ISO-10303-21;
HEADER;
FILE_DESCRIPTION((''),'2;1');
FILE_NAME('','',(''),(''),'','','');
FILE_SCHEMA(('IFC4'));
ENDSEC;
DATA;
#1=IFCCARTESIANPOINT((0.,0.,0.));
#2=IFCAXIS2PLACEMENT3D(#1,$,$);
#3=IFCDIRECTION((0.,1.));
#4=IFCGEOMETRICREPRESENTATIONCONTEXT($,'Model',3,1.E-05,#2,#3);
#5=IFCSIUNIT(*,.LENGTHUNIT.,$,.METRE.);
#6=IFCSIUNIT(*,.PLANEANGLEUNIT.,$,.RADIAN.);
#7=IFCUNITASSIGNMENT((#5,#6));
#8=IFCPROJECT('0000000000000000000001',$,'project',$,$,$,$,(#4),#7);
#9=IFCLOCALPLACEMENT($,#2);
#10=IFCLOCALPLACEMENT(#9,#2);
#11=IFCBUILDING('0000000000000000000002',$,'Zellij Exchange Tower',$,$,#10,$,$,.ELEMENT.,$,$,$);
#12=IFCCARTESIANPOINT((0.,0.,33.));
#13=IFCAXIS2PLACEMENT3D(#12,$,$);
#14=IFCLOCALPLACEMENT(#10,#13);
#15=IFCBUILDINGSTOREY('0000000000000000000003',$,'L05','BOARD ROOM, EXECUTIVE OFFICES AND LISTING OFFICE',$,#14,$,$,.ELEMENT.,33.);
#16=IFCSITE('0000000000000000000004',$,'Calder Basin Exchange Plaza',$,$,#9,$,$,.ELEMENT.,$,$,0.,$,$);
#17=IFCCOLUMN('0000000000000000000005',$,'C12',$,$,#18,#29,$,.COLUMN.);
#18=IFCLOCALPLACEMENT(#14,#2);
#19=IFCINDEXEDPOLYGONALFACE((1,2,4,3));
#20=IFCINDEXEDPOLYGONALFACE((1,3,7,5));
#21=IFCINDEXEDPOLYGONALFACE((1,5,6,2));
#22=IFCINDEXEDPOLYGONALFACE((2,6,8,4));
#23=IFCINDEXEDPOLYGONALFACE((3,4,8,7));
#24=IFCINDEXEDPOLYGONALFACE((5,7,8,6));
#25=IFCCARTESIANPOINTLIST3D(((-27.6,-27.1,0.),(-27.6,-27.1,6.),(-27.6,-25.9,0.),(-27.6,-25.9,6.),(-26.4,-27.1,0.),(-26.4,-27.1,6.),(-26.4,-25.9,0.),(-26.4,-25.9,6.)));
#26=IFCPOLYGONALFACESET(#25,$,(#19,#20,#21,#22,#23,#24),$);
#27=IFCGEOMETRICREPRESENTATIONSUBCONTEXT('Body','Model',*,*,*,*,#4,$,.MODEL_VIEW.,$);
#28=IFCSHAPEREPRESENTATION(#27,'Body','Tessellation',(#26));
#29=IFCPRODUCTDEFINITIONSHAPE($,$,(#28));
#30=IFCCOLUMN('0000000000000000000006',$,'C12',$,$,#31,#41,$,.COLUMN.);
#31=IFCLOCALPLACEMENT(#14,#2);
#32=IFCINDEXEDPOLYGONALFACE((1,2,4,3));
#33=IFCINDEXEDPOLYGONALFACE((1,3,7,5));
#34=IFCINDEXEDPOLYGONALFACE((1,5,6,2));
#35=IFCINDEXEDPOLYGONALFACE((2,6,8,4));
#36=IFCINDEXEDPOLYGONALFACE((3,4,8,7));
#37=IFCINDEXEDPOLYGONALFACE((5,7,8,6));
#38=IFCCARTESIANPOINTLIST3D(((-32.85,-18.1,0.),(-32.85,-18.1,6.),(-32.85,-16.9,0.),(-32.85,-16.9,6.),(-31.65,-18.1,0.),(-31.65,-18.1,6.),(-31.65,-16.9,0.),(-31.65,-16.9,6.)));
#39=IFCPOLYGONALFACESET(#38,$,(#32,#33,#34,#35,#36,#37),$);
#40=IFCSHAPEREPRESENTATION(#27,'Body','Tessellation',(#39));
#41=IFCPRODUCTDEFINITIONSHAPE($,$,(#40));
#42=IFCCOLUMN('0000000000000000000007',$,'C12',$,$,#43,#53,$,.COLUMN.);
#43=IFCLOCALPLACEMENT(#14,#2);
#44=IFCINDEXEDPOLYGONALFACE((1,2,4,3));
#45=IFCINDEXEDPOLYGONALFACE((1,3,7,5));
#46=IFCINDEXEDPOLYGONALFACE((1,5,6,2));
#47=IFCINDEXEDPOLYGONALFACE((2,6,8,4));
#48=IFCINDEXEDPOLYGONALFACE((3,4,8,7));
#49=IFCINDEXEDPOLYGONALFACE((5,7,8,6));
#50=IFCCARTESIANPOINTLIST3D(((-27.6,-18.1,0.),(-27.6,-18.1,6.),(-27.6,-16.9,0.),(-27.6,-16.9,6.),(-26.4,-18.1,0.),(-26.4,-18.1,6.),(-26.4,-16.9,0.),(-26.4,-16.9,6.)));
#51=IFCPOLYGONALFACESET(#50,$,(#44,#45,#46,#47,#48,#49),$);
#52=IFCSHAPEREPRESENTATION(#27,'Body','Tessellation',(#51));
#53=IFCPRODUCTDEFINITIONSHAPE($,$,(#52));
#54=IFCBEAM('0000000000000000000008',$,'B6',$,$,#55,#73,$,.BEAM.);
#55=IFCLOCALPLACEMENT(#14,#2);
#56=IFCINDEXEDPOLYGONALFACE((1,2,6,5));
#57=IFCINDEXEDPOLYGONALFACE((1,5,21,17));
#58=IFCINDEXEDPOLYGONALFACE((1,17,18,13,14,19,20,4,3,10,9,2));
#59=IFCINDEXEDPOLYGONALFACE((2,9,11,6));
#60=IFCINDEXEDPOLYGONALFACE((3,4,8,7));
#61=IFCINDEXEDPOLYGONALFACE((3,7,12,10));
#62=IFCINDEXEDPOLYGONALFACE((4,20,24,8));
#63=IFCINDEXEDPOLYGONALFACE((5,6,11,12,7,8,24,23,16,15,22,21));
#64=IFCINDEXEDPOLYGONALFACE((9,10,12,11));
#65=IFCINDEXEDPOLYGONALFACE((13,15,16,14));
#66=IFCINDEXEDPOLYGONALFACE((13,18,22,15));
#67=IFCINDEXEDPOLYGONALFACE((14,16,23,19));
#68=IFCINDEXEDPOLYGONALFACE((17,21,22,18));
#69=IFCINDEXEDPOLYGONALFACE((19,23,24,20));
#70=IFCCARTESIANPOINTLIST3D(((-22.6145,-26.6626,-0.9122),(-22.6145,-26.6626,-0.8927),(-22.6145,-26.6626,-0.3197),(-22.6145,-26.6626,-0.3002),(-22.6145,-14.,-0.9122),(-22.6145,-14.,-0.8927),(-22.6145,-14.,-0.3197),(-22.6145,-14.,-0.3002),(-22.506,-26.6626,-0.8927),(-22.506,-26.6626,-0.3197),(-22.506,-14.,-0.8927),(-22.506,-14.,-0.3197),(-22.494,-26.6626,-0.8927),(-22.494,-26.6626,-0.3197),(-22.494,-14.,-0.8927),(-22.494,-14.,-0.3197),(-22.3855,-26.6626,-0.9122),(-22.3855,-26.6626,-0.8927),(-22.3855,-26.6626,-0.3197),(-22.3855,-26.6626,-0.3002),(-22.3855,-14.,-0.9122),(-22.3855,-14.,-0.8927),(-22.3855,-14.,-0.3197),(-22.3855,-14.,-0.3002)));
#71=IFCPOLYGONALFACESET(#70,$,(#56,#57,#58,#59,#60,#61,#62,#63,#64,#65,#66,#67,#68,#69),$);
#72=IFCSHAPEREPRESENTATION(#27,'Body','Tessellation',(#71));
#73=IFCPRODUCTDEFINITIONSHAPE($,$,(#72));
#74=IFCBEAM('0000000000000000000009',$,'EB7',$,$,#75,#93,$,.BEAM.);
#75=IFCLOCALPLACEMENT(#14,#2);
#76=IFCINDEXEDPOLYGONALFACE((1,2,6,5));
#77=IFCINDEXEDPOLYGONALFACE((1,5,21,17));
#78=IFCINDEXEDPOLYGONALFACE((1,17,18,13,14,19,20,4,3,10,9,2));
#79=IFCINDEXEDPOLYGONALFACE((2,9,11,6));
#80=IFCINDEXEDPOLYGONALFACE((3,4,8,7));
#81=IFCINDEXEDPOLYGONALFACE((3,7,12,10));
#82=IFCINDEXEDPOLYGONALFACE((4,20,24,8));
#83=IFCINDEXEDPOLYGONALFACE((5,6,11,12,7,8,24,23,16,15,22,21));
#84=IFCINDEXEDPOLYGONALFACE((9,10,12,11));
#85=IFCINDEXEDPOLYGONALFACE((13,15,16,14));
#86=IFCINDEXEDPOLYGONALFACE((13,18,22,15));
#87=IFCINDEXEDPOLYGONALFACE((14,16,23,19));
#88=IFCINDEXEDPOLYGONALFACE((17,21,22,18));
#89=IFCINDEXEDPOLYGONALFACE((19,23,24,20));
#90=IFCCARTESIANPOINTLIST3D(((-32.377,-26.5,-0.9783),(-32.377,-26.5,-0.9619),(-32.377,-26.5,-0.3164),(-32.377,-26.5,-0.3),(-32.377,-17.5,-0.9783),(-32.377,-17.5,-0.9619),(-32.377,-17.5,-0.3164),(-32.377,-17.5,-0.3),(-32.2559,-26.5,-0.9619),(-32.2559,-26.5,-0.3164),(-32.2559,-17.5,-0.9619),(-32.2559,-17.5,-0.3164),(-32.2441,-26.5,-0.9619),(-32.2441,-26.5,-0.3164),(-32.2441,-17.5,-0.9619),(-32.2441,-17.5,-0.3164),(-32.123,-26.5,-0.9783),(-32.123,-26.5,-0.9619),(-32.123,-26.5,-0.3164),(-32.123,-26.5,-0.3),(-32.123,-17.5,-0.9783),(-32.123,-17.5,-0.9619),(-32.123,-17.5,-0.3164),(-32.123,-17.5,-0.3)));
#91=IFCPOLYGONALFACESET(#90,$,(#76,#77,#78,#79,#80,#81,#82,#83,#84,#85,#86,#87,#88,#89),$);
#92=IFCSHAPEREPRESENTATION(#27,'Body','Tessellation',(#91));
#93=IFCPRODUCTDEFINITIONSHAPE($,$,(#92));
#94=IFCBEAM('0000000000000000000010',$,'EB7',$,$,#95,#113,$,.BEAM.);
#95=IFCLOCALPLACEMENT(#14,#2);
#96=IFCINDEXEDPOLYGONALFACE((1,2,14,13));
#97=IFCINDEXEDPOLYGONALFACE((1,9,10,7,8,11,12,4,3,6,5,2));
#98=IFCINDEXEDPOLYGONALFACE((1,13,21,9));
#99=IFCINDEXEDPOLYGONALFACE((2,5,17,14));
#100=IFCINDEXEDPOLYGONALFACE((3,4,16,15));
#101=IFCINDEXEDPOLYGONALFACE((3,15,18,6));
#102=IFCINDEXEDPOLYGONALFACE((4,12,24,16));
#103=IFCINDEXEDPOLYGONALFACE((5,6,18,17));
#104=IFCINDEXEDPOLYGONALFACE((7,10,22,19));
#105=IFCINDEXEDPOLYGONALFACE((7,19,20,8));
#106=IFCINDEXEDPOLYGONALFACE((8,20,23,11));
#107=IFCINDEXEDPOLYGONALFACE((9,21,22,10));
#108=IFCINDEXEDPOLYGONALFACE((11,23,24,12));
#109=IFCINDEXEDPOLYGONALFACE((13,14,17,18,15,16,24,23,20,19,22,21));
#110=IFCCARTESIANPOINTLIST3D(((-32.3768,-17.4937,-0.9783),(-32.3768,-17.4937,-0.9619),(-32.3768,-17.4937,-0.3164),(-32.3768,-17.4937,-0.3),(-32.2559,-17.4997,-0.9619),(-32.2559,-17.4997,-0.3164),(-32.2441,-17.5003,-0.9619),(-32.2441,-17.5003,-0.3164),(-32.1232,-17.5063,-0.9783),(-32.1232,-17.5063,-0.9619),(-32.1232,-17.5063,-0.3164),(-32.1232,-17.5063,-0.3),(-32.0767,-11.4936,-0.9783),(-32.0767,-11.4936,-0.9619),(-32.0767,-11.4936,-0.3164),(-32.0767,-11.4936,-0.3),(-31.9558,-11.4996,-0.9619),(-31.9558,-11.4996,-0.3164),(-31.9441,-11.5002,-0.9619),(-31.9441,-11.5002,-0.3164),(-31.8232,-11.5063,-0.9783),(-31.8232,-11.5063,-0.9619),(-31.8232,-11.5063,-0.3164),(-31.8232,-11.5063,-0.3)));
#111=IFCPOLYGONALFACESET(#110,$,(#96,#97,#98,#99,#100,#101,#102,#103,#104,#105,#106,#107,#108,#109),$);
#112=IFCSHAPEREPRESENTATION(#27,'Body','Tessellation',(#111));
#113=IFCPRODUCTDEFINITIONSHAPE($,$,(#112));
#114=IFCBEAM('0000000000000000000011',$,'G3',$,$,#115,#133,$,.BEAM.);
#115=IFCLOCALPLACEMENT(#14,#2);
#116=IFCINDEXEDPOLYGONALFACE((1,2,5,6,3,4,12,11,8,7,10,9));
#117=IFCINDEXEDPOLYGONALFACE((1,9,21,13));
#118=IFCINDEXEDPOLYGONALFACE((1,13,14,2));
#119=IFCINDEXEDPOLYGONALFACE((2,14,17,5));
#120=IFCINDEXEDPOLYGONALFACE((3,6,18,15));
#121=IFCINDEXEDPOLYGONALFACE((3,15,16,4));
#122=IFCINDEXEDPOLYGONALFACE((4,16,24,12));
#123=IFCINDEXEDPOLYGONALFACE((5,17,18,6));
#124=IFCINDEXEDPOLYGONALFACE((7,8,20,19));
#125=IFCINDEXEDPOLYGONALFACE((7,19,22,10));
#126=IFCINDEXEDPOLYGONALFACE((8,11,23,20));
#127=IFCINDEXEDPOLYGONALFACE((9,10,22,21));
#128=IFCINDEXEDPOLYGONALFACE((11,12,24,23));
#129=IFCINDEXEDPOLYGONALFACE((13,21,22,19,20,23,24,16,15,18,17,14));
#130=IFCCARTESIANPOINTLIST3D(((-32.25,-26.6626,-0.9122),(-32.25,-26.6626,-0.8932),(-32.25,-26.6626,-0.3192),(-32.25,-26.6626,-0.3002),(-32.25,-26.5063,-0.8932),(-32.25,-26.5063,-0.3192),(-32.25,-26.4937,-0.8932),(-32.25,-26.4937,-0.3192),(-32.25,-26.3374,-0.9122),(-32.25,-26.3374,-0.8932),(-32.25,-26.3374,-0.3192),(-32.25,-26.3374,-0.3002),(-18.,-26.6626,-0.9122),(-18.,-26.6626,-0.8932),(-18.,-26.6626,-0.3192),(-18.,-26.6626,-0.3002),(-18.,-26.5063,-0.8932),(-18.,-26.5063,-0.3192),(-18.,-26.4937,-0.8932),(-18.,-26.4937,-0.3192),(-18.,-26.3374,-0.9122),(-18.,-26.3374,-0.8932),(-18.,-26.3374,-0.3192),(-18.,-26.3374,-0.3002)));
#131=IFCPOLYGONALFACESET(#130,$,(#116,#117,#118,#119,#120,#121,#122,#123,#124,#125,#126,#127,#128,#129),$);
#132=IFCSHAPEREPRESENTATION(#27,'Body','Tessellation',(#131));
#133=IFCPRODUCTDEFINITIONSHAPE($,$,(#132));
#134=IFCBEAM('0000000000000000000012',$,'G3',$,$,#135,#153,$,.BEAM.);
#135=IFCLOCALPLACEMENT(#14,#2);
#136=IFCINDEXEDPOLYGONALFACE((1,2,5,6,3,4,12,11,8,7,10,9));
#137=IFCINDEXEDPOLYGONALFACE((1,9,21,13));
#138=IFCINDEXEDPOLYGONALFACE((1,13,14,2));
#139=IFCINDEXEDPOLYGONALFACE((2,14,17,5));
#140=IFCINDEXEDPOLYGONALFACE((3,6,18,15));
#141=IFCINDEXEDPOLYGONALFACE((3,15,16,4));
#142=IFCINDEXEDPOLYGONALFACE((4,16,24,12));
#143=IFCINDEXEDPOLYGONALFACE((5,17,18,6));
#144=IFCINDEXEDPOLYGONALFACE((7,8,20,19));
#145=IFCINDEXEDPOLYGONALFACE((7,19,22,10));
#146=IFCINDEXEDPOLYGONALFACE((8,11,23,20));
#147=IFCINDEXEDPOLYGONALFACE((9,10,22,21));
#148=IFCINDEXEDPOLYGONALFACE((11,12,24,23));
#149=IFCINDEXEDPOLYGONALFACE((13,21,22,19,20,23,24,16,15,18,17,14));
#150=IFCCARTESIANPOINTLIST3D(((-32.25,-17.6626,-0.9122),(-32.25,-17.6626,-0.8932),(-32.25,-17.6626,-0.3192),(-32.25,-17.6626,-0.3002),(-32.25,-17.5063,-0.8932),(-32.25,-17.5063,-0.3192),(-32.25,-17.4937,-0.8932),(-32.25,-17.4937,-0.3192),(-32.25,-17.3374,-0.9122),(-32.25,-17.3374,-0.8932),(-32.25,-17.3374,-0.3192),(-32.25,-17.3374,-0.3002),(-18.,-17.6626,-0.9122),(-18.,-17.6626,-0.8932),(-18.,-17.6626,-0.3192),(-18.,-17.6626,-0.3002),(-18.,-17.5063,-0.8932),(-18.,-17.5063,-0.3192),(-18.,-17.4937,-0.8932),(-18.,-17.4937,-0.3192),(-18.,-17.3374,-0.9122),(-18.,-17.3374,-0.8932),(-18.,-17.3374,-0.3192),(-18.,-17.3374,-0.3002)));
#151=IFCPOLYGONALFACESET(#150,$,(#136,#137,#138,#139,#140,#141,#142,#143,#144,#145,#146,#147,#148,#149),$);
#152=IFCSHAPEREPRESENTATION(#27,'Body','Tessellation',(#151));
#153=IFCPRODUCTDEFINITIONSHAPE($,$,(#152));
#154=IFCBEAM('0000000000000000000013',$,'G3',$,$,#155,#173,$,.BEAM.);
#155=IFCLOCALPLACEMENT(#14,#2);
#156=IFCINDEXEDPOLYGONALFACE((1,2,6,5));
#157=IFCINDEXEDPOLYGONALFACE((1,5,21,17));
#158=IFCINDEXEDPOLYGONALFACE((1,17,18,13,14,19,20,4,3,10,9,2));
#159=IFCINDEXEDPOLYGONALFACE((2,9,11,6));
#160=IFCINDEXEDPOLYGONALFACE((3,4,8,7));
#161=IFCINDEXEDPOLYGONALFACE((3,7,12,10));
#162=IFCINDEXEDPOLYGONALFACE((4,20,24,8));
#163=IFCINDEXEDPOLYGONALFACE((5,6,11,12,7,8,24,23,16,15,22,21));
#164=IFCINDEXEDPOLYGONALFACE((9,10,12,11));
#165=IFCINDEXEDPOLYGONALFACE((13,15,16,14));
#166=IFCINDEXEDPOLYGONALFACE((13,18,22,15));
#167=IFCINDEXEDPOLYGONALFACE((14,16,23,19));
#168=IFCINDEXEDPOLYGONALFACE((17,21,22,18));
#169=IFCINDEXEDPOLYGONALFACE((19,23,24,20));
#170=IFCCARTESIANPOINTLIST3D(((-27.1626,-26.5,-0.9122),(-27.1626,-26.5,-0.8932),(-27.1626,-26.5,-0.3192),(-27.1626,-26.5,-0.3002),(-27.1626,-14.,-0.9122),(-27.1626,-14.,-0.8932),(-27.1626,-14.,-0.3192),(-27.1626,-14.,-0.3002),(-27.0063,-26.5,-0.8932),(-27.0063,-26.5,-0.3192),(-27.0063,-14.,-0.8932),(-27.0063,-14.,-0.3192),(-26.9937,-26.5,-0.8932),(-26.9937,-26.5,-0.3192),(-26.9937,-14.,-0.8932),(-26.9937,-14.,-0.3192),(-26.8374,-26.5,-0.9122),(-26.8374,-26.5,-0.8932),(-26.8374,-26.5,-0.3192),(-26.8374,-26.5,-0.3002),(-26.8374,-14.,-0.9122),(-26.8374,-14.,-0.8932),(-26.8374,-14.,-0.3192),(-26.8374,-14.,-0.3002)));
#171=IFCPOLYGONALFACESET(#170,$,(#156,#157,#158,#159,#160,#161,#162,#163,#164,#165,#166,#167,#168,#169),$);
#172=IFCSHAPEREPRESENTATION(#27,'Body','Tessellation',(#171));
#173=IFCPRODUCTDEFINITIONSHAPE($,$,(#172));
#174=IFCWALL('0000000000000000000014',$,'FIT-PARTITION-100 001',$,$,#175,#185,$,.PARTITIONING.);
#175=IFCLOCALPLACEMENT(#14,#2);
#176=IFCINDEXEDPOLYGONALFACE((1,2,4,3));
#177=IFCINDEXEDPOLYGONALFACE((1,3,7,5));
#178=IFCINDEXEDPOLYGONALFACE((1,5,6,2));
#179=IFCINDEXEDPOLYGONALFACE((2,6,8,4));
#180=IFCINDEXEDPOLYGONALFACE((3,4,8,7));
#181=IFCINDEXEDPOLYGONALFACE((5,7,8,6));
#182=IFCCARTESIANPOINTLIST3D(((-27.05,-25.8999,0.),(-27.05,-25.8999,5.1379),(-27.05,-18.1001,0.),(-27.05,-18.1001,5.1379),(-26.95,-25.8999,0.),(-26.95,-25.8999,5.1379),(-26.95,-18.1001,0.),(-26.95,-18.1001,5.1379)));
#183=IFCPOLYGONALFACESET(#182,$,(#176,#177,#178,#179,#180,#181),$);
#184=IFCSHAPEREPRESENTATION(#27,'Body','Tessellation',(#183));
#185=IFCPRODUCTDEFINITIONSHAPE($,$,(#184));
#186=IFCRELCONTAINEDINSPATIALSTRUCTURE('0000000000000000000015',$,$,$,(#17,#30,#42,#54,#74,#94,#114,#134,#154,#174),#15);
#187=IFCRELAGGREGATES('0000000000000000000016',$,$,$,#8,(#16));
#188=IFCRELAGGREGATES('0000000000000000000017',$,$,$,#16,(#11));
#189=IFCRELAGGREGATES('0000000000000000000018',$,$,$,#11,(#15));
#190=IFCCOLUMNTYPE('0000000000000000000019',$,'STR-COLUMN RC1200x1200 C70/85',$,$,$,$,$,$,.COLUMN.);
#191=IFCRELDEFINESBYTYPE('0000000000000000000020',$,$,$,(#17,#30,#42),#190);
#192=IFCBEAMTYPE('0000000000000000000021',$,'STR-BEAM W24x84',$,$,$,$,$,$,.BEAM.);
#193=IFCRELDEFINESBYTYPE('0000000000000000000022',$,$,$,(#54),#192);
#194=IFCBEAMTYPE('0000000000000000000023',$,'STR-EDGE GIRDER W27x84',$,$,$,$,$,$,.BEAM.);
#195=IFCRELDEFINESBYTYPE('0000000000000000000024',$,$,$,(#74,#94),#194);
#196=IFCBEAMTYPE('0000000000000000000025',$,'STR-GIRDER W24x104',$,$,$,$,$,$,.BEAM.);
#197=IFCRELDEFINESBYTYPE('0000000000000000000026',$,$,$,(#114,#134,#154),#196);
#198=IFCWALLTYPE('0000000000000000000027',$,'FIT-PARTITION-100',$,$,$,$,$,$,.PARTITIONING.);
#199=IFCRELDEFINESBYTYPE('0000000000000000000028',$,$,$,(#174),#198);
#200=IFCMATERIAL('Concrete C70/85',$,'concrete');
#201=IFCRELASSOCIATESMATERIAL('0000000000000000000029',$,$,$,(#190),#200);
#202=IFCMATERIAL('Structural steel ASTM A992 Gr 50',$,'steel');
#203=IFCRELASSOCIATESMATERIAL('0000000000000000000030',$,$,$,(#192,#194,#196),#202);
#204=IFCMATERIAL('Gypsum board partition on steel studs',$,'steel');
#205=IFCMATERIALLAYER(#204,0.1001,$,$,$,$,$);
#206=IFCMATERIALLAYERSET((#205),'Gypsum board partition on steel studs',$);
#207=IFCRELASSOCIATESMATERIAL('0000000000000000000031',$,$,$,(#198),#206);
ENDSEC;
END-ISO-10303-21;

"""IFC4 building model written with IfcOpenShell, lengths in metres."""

from ifc_helpers import new_model, si_unit, direction, frame, frame_2d, origin, origin_2d, place, context, subcontext, project, spatial, rectangle, i_section, extrude, material, layer, layer_set, material_profile, profile_set, type_object, element, save


model = new_model("IFC4")

# Units and contexts
model_context = context("Model", 3, precision=1e-05, world=origin(), true_north=direction((0.0, 1.0)))
body_context = subcontext(model_context, "Body", "Model", "MODEL_VIEW")
ifc_project = project(units=[si_unit("LENGTHUNIT", "METRE"), si_unit("PLANEANGLEUNIT", "RADIAN")], contexts=[model_context])

# Site, building, storey
site_placement = place(None, origin())
site = spatial("IfcSite", under=ifc_project, at=site_placement, Name="Calder Basin Exchange Plaza", CompositionType="ELEMENT", RefElevation=0.0)
building_placement = place(site_placement, origin())
building = spatial("IfcBuilding", under=site, at=building_placement, Name="Zellij Exchange Tower", CompositionType="ELEMENT")
storey_placement = place(building_placement, frame((0.0, 0.0, 33.0)))
storey = spatial("IfcBuildingStorey", under=building, at=storey_placement, Name="L05", Description="BOARD ROOM, EXECUTIVE OFFICES AND LISTING OFFICE", CompositionType="ELEMENT", Elevation=33.0)

# Columns
ifc_material_1 = material(Name="Concrete C70/85", Category="concrete")
ifc_material_profile_1 = material_profile(ifc_material_1, rectangle(XDim=1.2, YDim=1.2, at=origin_2d()), Name="STR-COLUMN RC1200x1200 C70/85")
ifc_profile_set_1 = profile_set([ifc_material_profile_1], Name="Concrete C70/85")
column_type = type_object("IfcColumnType", Name="STR-COLUMN RC1200x1200 C70/85", PredefinedType="COLUMN", material=ifc_profile_set_1)
for number, where, z_axis, x_axis, name in (
    (1, (-27.0, -26.5, 0.0), (0.0, 0.0, 1.0), (1.0, 0.0, 0.0), "C12"),
    (2, (-32.25, -17.5, 0.0), (0.0, 0.0, 1.0), (1.0, 0.0, 0.0), "C12"),
    (3, (-27.0, -17.5, 0.0), (0.0, 0.0, 1.0), (1.0, 0.0, 0.0), "C12"),
):
    element("IfcColumn", number, at=place(storey_placement, frame(where, z_axis=z_axis, x_axis=x_axis)), inside=storey, type_object=column_type, Name=name, PredefinedType="COLUMN", context=body_context, shape_type="SweptSolid", body=[
        extrude(rectangle(XDim=1.2, YDim=1.2, at=origin_2d()), origin(), (0.0, 0.0, 1.0), 6.0),
    ])

# Beams
ifc_material_2 = material(Name="Structural steel ASTM A992 Gr 50", Category="steel")
ifc_material_profile_2 = material_profile(ifc_material_2, i_section(OverallWidth=0.229, OverallDepth=0.6121, WebThickness=0.012, FlangeThickness=0.0195, at=origin_2d()), Name="W24x84")
ifc_profile_set_2 = profile_set([ifc_material_profile_2], Name="Structural steel ASTM A992 Gr 50")
beam_type_1 = type_object("IfcBeamType", Name="STR-BEAM W24x84", PredefinedType="BEAM", material=ifc_profile_set_2)
beam_1_placement = place(storey_placement, frame((-22.5, -26.6626, -0.6062), z_axis=(0.0, 1.0, 0.0), x_axis=(-1.0, 0.0, 0.0)))
element("IfcBeam", 4, at=beam_1_placement, inside=storey, type_object=beam_type_1, Name="B6", PredefinedType="BEAM", context=body_context, shape_type="SweptSolid", body=[
    extrude(i_section(OverallWidth=0.229, OverallDepth=0.6121, WebThickness=0.012, FlangeThickness=0.0195, at=origin_2d()), origin(), (0.0, 0.0, 1.0), 12.6626),
])
ifc_material_profile_3 = material_profile(ifc_material_2, i_section(OverallWidth=0.2539, OverallDepth=0.6782, WebThickness=0.0117, FlangeThickness=0.0164, at=origin_2d()), Name="W27x84")
ifc_profile_set_3 = profile_set([ifc_material_profile_3], Name="Structural steel ASTM A992 Gr 50")
beam_type_2 = type_object("IfcBeamType", Name="STR-EDGE GIRDER W27x84", PredefinedType="BEAM", material=ifc_profile_set_3)
beam_2_placement = place(storey_placement, frame((-32.25, -26.5, -0.6392), z_axis=(0.0, 1.0, 0.0), x_axis=(-1.0, 0.0, 0.0)))
element("IfcBeam", 5, at=beam_2_placement, inside=storey, type_object=beam_type_2, Name="EB7", PredefinedType="BEAM", context=body_context, shape_type="SweptSolid", body=[
    extrude(i_section(OverallWidth=0.2539, OverallDepth=0.6782, WebThickness=0.0117, FlangeThickness=0.0164, at=origin_2d()), origin(), (0.0, 0.0, 1.0), 9.0),
])
beam_3_placement = place(storey_placement, frame((-32.25, -17.5, -0.6392), z_axis=(0.049946, 0.998752, 0.0), x_axis=(-0.998752, 0.049946, 0.0)))
element("IfcBeam", 6, at=beam_3_placement, inside=storey, type_object=beam_type_2, Name="EB7", PredefinedType="BEAM", context=body_context, shape_type="SweptSolid", body=[
    extrude(i_section(OverallWidth=0.2539, OverallDepth=0.6782, WebThickness=0.0117, FlangeThickness=0.0164, at=origin_2d()), origin(), (0.0, 0.0, 1.0), 6.0076),
])
ifc_material_profile_4 = material_profile(ifc_material_2, i_section(OverallWidth=0.3252, OverallDepth=0.6121, WebThickness=0.0127, FlangeThickness=0.019, at=origin_2d()), Name="W24x104")
ifc_profile_set_4 = profile_set([ifc_material_profile_4], Name="Structural steel ASTM A992 Gr 50")
beam_type_3 = type_object("IfcBeamType", Name="STR-GIRDER W24x104", PredefinedType="BEAM", material=ifc_profile_set_4)
for number, where, z_axis, x_axis, name in (
    (7, (-32.25, -26.5, -0.6062), (1.0, 0.0, 0.0), (0.0, 1.0, 0.0), "G3"),
    (8, (-32.25, -17.5, -0.6062), (1.0, 0.0, 0.0), (0.0, 1.0, 0.0), "G3"),
):
    element("IfcBeam", number, at=place(storey_placement, frame(where, z_axis=z_axis, x_axis=x_axis)), inside=storey, type_object=beam_type_3, Name=name, PredefinedType="BEAM", context=body_context, shape_type="SweptSolid", body=[
        extrude(i_section(OverallWidth=0.3252, OverallDepth=0.6121, WebThickness=0.0127, FlangeThickness=0.019, at=origin_2d()), origin(), (0.0, 0.0, 1.0), 14.25),
    ])
beam_4_placement = place(storey_placement, frame((-27.0, -26.5, -0.6062), z_axis=(0.0, 1.0, 0.0), x_axis=(-1.0, 0.0, 0.0)))
element("IfcBeam", 9, at=beam_4_placement, inside=storey, type_object=beam_type_3, Name="G3", PredefinedType="BEAM", context=body_context, shape_type="SweptSolid", body=[
    extrude(i_section(OverallWidth=0.3252, OverallDepth=0.6121, WebThickness=0.0127, FlangeThickness=0.019, at=origin_2d()), origin(), (0.0, 0.0, 1.0), 12.5),
])

# Wall
ifc_material_3 = material(Name="Gypsum board partition on steel studs", Category="steel")
ifc_layer_1 = layer(ifc_material_3, 0.1001)
ifc_layer_set_1 = layer_set([ifc_layer_1], Name="Gypsum board partition on steel studs")
wall_type = type_object("IfcWallType", Name="FIT-PARTITION-100", PredefinedType="PARTITIONING", material=ifc_layer_set_1)
wall_1_placement = place(storey_placement, frame((-27.0, -25.8999, 0.0), z_axis=(0.0, 0.0, 1.0), x_axis=(0.0, 1.0, 0.0)))
element("IfcWall", 10, at=wall_1_placement, inside=storey, type_object=wall_type, Name="FIT-PARTITION-100 001", PredefinedType="PARTITIONING", context=body_context, shape_type="SweptSolid", body=[
    extrude(rectangle(XDim=7.7998, YDim=0.1001, at=frame_2d((3.8999, 0.0))), origin(), (0.0, 0.0, 1.0), 5.1379),
])

save(model, "model.ifc")
